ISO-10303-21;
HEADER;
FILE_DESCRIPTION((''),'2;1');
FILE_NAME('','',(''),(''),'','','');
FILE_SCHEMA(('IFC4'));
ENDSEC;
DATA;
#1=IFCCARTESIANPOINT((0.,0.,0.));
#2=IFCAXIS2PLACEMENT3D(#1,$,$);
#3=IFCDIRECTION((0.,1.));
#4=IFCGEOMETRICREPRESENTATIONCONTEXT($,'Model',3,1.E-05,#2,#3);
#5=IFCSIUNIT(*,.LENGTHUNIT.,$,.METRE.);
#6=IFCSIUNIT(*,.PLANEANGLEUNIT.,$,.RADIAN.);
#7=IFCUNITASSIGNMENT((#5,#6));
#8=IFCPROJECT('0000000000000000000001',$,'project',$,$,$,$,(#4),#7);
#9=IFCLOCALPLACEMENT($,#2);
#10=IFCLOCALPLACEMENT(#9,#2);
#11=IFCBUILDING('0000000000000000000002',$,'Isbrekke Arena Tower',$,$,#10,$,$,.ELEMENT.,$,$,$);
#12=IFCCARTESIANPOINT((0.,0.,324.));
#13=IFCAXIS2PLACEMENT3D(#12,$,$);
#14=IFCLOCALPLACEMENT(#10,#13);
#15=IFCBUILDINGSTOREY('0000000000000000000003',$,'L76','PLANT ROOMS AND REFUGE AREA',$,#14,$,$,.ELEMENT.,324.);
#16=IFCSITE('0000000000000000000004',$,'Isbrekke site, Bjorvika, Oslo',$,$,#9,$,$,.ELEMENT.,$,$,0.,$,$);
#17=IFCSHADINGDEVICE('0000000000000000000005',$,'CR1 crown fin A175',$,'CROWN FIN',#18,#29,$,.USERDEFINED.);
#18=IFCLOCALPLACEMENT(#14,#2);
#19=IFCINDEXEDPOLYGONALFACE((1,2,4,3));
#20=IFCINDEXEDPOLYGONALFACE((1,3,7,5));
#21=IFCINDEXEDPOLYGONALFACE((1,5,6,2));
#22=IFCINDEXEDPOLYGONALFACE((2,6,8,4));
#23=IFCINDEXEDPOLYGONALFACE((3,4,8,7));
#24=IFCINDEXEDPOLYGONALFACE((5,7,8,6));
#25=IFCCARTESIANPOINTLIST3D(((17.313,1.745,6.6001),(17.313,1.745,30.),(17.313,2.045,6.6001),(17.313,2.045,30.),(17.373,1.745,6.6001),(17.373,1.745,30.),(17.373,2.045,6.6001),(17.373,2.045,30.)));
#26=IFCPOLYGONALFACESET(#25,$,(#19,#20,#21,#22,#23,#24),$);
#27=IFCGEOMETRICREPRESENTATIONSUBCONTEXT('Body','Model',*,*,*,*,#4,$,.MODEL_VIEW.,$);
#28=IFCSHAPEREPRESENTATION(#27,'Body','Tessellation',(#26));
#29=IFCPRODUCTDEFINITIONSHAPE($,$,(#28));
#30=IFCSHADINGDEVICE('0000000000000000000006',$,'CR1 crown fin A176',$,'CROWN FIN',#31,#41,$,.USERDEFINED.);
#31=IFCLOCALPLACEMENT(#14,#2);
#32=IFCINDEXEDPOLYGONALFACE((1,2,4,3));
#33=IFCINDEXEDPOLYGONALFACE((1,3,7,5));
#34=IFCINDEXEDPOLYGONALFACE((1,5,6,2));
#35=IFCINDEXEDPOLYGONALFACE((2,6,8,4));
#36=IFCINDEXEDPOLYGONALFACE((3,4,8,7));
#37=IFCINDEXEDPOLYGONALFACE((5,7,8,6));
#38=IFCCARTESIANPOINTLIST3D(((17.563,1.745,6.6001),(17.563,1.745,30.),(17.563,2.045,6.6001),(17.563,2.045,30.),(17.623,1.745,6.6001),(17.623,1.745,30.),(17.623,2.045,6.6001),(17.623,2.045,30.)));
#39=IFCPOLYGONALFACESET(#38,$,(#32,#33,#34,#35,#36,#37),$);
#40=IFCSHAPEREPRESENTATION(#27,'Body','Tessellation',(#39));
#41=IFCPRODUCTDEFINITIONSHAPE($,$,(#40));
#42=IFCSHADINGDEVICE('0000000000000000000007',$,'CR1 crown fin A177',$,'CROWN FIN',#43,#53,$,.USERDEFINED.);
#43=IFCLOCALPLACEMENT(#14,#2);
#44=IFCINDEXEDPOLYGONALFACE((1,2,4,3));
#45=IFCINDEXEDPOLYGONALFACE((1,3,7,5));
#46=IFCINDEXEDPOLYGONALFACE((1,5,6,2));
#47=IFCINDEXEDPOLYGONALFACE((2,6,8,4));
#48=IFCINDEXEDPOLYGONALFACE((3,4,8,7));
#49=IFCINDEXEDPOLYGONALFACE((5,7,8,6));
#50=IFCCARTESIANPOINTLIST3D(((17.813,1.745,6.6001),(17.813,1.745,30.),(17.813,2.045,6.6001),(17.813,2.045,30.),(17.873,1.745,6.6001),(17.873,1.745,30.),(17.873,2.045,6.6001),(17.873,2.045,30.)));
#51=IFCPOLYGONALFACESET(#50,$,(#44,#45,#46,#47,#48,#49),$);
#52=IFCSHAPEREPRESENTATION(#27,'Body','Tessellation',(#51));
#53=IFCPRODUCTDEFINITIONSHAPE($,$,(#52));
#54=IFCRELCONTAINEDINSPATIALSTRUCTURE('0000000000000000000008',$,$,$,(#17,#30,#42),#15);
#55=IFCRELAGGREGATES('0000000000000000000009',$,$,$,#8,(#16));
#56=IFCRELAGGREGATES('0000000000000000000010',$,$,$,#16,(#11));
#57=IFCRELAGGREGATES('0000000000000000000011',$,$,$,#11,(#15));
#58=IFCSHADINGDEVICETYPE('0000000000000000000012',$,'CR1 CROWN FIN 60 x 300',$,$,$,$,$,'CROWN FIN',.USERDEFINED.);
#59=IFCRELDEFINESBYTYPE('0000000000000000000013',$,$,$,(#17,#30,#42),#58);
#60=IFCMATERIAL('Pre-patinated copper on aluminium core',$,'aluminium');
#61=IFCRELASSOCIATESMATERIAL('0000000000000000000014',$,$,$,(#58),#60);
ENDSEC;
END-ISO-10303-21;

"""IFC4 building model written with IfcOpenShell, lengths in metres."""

from ifc_helpers import new_model, si_unit, direction, frame, origin, origin_2d, place, context, subcontext, project, spatial, rectangle, extrude, material, material_profile, profile_set, type_object, element, save


model = new_model("IFC4")

# Units and contexts
model_context = context("Model", 3, precision=1e-05, world=origin(), true_north=direction((0.0, 1.0)))
body_context = subcontext(model_context, "Body", "Model", "MODEL_VIEW")
ifc_project = project(units=[si_unit("LENGTHUNIT", "METRE"), si_unit("PLANEANGLEUNIT", "RADIAN")], contexts=[model_context])

# Site, building, storey
site_placement = place(None, origin())
site = spatial("IfcSite", under=ifc_project, at=site_placement, Name="Isbrekke site, Bjorvika, Oslo", CompositionType="ELEMENT", RefElevation=0.0)
building_placement = place(site_placement, origin())
building = spatial("IfcBuilding", under=site, at=building_placement, Name="Isbrekke Arena Tower", CompositionType="ELEMENT")
storey_placement = place(building_placement, frame((0.0, 0.0, 324.0)))
storey = spatial("IfcBuildingStorey", under=building, at=storey_placement, Name="L76", Description="PLANT ROOMS AND REFUGE AREA", CompositionType="ELEMENT", Elevation=324.0)

# Shading devices
ifc_material_1 = material(Name="Pre-patinated copper on aluminium core", Category="aluminium")
ifc_material_profile_1 = material_profile(ifc_material_1, rectangle(XDim=0.0601, YDim=0.3, at=origin_2d()), Name="FIN 60X300")
ifc_profile_set_1 = profile_set([ifc_material_profile_1], Name="Pre-patinated copper on aluminium core")
shading_device_type = type_object("IfcShadingDeviceType", Name="CR1 CROWN FIN 60 x 300", ElementType="CROWN FIN", PredefinedType="USERDEFINED", material=ifc_profile_set_1)
for number, where, z_axis, x_axis, name in (
    (1, (17.343, 1.895, 6.6001), (0.0, 0.0, 1.0), (1.0, 0.0, 0.0), "CR1 crown fin A175"),
    (2, (17.593, 1.895, 6.6001), (0.0, 0.0, 1.0), (1.0, 0.0, 0.0), "CR1 crown fin A176"),
    (3, (17.843, 1.895, 6.6001), (0.0, 0.0, 1.0), (1.0, 0.0, 0.0), "CR1 crown fin A177"),
):
    element("IfcShadingDevice", number, at=place(storey_placement, frame(where, z_axis=z_axis, x_axis=x_axis)), inside=storey, type_object=shading_device_type, Name=name, ObjectType="CROWN FIN", PredefinedType="USERDEFINED", context=body_context, shape_type="SweptSolid", body=[
        extrude(rectangle(XDim=0.0601, YDim=0.3, at=origin_2d()), origin(), (0.0, 0.0, 1.0), 23.3999),
    ])

save(model, "model.ifc")
